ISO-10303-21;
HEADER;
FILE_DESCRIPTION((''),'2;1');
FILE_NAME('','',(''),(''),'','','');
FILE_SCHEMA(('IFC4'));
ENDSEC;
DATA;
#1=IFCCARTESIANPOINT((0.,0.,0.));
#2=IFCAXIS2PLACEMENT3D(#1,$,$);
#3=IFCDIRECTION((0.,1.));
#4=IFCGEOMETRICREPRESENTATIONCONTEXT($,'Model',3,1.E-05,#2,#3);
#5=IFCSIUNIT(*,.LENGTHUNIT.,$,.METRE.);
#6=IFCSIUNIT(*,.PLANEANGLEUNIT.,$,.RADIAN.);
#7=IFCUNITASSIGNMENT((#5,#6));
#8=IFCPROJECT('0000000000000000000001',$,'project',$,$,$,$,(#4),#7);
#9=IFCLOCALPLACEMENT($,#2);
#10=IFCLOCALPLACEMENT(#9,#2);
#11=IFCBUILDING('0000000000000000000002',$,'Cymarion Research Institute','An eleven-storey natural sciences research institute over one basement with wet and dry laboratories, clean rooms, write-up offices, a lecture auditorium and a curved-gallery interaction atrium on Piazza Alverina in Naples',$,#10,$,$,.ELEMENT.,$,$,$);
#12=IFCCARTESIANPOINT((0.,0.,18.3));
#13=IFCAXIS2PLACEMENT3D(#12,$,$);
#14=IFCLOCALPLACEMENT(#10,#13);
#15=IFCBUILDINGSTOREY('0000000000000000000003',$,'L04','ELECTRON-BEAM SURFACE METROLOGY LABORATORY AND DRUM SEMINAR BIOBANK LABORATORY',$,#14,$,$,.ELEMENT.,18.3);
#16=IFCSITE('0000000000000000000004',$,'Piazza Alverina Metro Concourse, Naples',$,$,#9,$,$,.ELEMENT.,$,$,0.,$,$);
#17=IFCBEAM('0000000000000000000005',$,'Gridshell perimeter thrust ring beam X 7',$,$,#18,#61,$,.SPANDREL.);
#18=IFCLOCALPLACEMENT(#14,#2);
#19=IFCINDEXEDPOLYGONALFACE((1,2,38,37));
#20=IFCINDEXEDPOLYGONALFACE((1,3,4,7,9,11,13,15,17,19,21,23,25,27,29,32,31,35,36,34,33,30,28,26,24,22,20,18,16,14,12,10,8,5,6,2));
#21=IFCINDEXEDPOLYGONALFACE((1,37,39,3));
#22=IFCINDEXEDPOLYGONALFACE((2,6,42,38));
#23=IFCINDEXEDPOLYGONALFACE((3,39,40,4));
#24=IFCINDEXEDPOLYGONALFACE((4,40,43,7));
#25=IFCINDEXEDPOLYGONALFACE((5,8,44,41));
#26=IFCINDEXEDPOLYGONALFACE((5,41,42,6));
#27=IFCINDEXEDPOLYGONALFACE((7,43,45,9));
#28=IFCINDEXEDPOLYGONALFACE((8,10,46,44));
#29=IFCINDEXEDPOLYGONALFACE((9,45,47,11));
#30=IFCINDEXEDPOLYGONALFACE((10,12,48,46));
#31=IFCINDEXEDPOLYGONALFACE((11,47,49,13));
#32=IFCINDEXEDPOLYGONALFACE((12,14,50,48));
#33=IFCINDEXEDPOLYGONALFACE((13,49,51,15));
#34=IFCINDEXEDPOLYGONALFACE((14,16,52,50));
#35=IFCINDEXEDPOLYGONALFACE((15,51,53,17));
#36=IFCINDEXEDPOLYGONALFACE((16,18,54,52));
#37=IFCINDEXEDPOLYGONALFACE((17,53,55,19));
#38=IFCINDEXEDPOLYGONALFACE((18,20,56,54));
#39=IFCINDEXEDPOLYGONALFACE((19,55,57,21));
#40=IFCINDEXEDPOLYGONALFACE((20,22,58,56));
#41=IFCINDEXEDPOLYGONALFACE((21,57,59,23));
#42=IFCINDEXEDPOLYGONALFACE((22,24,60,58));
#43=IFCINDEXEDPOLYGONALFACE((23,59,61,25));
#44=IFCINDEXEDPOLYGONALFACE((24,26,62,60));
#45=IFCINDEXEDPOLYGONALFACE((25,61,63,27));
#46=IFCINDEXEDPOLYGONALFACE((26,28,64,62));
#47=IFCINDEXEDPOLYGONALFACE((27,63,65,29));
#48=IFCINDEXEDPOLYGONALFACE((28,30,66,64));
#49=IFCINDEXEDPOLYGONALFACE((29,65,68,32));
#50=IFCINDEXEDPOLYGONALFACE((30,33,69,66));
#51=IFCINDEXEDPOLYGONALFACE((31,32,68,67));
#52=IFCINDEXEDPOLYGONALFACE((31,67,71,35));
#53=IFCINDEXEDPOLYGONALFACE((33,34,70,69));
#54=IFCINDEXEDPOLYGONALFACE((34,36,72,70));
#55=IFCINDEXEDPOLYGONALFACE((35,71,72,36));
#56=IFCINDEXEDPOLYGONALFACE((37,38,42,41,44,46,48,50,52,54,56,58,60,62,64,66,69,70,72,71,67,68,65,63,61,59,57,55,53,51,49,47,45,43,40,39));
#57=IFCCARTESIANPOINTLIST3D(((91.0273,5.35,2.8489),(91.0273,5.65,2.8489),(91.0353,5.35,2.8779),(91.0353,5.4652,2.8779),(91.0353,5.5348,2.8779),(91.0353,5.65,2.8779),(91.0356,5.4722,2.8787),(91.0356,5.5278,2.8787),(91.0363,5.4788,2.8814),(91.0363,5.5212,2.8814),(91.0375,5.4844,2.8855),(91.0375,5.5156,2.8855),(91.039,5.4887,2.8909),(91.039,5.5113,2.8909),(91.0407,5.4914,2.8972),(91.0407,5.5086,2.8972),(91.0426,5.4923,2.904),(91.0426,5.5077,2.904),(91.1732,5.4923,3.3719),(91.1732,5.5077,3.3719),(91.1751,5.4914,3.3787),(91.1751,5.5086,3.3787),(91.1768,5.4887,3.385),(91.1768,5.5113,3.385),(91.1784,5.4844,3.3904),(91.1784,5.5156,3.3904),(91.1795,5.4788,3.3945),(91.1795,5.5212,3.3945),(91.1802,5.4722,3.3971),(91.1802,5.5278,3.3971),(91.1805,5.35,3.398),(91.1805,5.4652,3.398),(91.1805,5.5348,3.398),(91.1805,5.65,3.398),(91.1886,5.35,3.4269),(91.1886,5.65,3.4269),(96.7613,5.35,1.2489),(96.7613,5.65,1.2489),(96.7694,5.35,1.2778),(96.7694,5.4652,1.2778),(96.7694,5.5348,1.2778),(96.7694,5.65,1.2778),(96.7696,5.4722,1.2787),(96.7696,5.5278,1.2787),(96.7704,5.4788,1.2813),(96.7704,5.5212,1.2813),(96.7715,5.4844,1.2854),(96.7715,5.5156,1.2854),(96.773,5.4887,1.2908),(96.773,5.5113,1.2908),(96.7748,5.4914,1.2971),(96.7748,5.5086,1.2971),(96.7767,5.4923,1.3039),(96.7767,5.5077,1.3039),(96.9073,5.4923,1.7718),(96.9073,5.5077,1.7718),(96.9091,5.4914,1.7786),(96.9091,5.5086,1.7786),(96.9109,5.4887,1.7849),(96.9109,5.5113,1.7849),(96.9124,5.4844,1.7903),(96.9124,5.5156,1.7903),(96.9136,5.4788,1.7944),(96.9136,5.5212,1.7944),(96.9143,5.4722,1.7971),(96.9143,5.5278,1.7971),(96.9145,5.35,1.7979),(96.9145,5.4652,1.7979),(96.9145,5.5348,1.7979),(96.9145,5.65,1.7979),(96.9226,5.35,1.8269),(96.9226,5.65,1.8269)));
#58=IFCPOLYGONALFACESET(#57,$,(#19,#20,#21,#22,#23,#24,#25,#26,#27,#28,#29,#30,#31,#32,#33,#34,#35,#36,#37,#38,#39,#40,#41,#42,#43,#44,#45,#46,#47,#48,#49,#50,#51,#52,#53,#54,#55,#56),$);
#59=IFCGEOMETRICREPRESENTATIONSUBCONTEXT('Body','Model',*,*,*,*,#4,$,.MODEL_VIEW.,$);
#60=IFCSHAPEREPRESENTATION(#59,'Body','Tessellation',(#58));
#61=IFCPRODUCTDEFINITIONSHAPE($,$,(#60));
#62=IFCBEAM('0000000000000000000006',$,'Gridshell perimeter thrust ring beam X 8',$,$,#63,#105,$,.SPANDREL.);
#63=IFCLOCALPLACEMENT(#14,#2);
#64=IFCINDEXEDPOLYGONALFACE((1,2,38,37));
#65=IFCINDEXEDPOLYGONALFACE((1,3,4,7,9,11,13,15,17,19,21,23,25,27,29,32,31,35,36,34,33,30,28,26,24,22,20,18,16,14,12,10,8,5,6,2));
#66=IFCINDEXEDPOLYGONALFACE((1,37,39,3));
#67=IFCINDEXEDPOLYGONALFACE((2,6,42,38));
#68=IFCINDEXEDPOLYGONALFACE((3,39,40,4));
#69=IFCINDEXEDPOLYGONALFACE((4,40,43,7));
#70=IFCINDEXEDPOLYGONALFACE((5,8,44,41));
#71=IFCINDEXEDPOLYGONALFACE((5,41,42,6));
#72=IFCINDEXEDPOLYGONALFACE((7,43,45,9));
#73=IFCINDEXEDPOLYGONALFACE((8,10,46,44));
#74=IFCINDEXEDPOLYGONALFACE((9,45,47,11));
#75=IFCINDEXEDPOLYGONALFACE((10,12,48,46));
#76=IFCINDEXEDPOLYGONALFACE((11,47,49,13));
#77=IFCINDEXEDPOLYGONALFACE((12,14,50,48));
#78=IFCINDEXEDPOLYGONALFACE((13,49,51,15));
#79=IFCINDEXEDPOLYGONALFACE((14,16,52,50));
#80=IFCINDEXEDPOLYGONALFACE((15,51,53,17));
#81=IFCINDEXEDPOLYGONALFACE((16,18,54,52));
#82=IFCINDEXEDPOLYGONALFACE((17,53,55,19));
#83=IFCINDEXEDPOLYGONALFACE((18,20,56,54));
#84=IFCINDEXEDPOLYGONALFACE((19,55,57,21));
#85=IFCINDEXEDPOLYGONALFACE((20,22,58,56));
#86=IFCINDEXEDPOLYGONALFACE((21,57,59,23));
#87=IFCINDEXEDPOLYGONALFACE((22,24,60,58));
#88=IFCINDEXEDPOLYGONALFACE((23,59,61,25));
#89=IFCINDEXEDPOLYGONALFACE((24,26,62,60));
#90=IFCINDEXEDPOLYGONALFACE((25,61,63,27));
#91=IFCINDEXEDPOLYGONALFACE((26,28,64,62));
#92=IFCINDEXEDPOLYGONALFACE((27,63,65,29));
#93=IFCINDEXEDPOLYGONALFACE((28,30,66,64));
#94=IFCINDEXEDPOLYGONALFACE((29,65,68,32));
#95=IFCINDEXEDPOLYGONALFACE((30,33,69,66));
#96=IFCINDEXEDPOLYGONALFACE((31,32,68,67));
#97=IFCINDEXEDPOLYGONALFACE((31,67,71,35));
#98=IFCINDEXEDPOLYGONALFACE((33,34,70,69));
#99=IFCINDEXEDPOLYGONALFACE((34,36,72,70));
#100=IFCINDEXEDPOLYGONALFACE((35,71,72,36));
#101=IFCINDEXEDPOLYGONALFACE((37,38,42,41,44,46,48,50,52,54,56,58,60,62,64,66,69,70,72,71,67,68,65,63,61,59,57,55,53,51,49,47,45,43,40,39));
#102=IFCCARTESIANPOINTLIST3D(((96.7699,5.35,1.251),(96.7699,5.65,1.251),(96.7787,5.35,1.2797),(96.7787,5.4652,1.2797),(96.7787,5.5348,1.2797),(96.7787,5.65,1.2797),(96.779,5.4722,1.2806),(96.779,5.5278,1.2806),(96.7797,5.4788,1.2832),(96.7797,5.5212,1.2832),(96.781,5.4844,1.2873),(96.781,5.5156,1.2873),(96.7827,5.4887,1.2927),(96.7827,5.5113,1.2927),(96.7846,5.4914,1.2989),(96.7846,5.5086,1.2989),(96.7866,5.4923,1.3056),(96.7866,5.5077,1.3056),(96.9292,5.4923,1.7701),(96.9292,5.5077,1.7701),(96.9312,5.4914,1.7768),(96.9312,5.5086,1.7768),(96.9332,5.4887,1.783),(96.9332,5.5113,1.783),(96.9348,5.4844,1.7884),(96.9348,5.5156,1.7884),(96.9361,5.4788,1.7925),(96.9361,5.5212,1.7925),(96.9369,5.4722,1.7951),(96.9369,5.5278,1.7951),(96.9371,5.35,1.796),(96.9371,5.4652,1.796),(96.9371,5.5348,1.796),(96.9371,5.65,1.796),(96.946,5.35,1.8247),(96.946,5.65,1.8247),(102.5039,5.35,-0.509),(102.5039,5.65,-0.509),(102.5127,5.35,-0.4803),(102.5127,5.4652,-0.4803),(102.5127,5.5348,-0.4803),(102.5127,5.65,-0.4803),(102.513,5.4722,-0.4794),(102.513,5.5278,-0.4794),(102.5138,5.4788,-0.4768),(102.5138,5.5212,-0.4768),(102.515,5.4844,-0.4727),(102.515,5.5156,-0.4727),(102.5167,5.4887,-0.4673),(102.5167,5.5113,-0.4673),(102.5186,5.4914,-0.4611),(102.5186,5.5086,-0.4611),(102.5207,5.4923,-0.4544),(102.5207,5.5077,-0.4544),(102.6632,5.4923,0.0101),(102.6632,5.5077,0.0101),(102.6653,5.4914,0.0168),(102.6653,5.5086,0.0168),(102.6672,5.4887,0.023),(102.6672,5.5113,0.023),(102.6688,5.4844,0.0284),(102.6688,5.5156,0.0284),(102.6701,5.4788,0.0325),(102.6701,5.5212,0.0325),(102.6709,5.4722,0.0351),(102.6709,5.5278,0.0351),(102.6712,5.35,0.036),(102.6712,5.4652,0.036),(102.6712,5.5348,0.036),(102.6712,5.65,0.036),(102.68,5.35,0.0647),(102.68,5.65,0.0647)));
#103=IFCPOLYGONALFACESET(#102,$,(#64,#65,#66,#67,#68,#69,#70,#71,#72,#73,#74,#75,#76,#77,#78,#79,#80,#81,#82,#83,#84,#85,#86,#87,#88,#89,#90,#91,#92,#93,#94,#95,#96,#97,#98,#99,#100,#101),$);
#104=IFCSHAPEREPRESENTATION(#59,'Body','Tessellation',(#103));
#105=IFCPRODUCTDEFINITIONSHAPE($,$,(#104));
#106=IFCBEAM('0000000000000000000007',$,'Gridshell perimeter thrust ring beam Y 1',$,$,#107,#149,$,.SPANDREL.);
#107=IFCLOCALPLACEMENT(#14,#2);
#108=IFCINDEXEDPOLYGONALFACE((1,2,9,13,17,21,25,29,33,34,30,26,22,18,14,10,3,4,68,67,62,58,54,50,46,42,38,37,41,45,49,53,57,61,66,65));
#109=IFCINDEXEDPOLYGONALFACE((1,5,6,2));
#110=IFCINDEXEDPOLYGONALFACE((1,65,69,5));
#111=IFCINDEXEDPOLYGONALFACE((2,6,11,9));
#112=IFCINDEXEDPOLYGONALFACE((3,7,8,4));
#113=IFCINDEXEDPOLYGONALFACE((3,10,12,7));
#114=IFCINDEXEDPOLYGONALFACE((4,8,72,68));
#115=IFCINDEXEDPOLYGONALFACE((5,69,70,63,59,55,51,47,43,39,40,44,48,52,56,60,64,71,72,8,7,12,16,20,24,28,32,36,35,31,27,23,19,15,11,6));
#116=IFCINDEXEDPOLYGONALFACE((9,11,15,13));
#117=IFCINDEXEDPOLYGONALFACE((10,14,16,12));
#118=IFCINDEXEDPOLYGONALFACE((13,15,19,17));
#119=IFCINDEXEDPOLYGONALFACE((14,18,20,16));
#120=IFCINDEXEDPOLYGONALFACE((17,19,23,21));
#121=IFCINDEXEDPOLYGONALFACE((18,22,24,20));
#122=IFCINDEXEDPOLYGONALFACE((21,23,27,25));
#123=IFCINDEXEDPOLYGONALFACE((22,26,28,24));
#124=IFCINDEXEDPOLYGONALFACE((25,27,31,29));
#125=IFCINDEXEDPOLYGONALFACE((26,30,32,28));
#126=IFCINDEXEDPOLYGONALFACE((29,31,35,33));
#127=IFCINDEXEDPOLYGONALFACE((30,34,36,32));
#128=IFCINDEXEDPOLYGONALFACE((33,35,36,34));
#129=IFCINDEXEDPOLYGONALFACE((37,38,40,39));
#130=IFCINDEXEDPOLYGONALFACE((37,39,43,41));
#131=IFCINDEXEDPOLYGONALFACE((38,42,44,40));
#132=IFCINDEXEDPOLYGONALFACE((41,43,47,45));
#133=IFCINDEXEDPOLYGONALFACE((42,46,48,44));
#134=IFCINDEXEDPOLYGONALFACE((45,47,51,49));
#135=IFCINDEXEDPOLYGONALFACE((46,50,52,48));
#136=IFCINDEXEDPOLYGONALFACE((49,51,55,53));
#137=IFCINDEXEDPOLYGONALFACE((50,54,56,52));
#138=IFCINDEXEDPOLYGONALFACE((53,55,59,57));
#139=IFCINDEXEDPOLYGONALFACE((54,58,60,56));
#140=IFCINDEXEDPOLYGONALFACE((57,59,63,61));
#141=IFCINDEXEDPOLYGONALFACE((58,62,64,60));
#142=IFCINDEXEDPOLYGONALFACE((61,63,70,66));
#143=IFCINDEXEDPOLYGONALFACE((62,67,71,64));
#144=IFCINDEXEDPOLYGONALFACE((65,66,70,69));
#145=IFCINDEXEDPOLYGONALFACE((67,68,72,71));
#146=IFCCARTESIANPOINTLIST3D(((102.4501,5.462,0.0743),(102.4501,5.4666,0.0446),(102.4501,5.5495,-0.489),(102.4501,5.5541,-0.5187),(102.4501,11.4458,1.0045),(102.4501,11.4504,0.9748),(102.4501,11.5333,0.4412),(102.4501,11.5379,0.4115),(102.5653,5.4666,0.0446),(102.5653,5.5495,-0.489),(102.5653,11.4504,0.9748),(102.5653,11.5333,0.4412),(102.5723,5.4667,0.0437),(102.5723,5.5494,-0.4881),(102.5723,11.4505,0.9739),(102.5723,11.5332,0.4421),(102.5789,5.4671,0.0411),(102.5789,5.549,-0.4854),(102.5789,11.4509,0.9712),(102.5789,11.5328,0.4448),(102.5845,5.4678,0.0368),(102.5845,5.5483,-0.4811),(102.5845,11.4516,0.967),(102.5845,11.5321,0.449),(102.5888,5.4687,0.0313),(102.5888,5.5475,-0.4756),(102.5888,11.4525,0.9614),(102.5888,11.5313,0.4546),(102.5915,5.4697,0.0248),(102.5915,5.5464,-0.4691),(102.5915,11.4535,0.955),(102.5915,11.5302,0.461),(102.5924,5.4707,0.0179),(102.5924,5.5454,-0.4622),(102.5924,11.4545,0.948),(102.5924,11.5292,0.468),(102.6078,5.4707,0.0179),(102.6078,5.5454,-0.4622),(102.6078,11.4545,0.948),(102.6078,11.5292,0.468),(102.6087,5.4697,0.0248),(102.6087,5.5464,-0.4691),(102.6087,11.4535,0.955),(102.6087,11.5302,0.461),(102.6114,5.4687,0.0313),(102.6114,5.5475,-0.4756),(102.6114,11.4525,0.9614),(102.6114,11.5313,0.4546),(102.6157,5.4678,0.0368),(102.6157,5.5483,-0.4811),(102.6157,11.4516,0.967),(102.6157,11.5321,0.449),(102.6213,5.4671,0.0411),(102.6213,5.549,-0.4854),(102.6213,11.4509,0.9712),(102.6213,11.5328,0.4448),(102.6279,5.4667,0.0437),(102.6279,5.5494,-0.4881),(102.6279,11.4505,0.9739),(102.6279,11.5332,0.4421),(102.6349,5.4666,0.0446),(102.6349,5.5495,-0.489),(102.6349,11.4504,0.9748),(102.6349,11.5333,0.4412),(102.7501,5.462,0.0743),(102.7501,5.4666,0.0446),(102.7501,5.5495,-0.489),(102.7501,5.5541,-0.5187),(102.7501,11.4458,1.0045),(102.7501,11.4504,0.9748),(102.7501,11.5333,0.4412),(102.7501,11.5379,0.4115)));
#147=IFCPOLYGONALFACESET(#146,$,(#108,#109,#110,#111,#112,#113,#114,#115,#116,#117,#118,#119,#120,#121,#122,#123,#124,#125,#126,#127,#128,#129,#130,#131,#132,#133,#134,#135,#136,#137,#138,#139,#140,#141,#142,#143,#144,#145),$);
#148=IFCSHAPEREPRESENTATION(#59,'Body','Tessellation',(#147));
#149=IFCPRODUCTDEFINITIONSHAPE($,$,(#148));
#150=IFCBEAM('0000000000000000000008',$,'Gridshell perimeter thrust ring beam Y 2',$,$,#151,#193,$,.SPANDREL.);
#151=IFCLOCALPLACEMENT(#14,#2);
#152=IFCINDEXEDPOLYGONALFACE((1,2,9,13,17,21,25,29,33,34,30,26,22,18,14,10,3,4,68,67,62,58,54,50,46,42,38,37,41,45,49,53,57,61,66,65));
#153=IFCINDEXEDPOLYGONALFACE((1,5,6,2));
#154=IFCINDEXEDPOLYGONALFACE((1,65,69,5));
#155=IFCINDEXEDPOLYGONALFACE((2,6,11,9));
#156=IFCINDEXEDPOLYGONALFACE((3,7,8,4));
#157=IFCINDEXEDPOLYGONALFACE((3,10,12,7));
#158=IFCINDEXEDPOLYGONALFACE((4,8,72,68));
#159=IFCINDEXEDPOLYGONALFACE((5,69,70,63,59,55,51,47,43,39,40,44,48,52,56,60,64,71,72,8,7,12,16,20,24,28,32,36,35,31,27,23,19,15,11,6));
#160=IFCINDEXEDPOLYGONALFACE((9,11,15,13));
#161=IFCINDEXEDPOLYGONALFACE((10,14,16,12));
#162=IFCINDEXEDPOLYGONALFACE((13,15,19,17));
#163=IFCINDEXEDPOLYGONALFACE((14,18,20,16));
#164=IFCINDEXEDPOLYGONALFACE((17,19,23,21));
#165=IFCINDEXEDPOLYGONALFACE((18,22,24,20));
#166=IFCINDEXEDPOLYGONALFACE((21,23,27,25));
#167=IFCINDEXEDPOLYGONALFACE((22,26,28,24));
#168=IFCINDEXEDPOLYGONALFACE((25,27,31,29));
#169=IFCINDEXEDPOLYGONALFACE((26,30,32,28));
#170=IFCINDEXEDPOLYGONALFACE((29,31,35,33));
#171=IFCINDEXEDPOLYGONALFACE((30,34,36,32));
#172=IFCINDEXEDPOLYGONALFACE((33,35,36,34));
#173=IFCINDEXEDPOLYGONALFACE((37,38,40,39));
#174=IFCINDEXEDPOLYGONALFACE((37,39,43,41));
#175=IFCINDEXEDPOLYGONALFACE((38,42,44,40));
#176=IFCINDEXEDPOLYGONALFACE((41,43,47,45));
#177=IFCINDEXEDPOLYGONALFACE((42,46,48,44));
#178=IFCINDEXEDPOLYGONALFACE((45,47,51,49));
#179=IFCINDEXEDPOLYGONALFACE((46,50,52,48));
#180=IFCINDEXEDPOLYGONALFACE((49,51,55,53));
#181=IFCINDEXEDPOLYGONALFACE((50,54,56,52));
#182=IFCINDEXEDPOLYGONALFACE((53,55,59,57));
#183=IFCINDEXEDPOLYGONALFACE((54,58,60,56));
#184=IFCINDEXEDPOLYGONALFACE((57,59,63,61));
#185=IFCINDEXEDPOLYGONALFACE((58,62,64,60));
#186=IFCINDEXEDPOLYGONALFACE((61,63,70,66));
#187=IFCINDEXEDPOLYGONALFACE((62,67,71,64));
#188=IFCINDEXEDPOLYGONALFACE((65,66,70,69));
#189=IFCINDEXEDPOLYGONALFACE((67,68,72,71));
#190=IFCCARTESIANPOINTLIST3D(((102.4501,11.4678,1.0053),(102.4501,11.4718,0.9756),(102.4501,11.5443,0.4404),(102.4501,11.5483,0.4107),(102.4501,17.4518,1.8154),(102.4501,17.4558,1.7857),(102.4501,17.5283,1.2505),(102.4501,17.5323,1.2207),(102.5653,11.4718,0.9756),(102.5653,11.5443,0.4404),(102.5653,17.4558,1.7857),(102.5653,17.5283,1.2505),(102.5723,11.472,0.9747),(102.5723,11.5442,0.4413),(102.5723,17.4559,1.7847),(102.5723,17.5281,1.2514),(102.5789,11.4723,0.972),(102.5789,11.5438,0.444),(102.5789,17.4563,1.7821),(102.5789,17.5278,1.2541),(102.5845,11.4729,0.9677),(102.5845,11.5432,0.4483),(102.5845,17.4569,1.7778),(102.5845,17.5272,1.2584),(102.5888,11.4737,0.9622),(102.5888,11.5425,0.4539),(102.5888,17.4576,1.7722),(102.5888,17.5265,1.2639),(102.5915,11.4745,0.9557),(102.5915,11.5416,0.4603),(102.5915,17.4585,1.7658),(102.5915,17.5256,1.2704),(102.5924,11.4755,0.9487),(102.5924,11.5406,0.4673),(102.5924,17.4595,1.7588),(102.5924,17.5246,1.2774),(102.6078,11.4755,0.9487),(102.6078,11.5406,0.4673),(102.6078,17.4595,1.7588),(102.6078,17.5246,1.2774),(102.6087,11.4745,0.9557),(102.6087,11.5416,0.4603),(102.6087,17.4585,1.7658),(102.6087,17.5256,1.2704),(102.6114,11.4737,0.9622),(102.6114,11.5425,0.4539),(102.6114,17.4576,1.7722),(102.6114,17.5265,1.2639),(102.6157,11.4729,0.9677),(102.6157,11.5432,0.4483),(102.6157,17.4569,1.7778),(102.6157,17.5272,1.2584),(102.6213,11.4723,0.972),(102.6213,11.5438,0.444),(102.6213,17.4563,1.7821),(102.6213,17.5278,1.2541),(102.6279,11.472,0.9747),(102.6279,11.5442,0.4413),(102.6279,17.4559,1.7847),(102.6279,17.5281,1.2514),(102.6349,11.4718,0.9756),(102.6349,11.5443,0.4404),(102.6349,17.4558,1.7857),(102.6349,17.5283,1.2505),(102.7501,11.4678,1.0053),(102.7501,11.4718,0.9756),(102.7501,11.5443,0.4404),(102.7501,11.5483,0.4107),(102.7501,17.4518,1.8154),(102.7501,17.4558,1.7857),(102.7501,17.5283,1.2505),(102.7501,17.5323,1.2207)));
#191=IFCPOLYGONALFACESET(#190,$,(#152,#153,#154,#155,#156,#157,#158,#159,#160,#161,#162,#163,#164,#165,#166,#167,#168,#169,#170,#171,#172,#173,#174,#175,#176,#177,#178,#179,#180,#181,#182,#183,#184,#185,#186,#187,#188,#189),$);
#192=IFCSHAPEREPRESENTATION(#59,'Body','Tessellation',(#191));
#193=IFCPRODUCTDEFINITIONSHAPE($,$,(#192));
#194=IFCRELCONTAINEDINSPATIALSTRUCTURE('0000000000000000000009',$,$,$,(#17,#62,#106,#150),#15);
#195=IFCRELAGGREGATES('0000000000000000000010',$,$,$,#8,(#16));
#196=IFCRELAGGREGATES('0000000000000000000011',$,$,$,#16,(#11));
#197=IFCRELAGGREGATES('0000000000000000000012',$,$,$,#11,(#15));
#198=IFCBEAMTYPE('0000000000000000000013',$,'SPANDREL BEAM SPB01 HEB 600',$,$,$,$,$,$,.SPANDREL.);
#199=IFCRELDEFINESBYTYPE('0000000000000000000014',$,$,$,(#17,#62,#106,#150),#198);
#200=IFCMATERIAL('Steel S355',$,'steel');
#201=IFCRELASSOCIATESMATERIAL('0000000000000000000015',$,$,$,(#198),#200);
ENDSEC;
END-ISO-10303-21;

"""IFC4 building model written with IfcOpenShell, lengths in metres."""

from ifc_helpers import new_model, si_unit, direction, frame, origin, origin_2d, place, context, subcontext, project, spatial, i_section, extrude, material, material_profile, profile_set, type_object, element, save


model = new_model("IFC4")

# Units and contexts
model_context = context("Model", 3, precision=1e-05, world=origin(), true_north=direction((0.0, 1.0)))
body_context = subcontext(model_context, "Body", "Model", "MODEL_VIEW")
ifc_project = project(units=[si_unit("LENGTHUNIT", "METRE"), si_unit("PLANEANGLEUNIT", "RADIAN")], contexts=[model_context])

# Site, building, storey
site_placement = place(None, origin())
site = spatial("IfcSite", under=ifc_project, at=site_placement, Name="Piazza Alverina Metro Concourse, Naples", CompositionType="ELEMENT", RefElevation=0.0)
building_placement = place(site_placement, origin())
building = spatial("IfcBuilding", under=site, at=building_placement, Name="Cymarion Research Institute", Description="An eleven-storey natural sciences research institute over one basement with wet and dry laboratories, clean rooms, write-up offices, a lecture auditorium and a curved-gallery interaction atrium on Piazza Alverina in Naples", CompositionType="ELEMENT")
storey_placement = place(building_placement, frame((0.0, 0.0, 18.3)))
storey = spatial("IfcBuildingStorey", under=building, at=storey_placement, Name="L04", Description="ELECTRON-BEAM SURFACE METROLOGY LABORATORY AND DRUM SEMINAR BIOBANK LABORATORY", CompositionType="ELEMENT", Elevation=18.3)

# Beams
ifc_material_1 = material(Name="Steel S355", Category="steel")
ifc_material_profile_1 = material_profile(ifc_material_1, i_section(OverallWidth=0.3, OverallDepth=0.6001, WebThickness=0.0154, FlangeThickness=0.03, FilletRadius=0.0271, at=origin_2d()), Name="HEB 600")
ifc_profile_set_1 = profile_set([ifc_material_profile_1], Name="Steel S355")
beam_type = type_object("IfcBeamType", Name="SPANDREL BEAM SPB01 HEB 600", PredefinedType="SPANDREL", material=ifc_profile_set_1)
beam_1_placement = place(storey_placement, frame((91.1079, 5.5, 3.1379), z_axis=(0.963202, 0.0, -0.26878), x_axis=(0.0, 1.0, 0.0)))
element("IfcBeam", 1, at=beam_1_placement, inside=storey, type_object=beam_type, Name="Gridshell perimeter thrust ring beam X 7", PredefinedType="SPANDREL", context=body_context, shape_type="SweptSolid", body=[
    extrude(i_section(OverallWidth=0.3, OverallDepth=0.6001, WebThickness=0.0154, FlangeThickness=0.03, FilletRadius=0.0271, at=origin_2d()), origin(), (0.0, 0.0, 1.0), 5.9531),
])
beam_2_placement = place(storey_placement, frame((96.8579, 5.5, 1.5378), z_axis=(0.955982, 0.0, -0.293425), x_axis=(0.0, 1.0, 0.0)))
element("IfcBeam", 2, at=beam_2_placement, inside=storey, type_object=beam_type, Name="Gridshell perimeter thrust ring beam X 8", PredefinedType="SPANDREL", context=body_context, shape_type="SweptSolid", body=[
    extrude(i_section(OverallWidth=0.3, OverallDepth=0.6001, WebThickness=0.0154, FlangeThickness=0.03, FilletRadius=0.0271, at=origin_2d()), origin(), (0.0, 0.0, 1.0), 5.998),
])
beam_3_placement = place(storey_placement, frame((102.6001, 5.5081, -0.2222), z_axis=(0.0, 0.988133, 0.153602), x_axis=(-1.0, 0.0, 0.0)))
element("IfcBeam", 3, at=beam_3_placement, inside=storey, type_object=beam_type, Name="Gridshell perimeter thrust ring beam Y 1", PredefinedType="SPANDREL", context=body_context, shape_type="SweptSolid", body=[
    extrude(i_section(OverallWidth=0.3, OverallDepth=0.6001, WebThickness=0.0154, FlangeThickness=0.03, FilletRadius=0.0271, at=origin_2d()), origin(), (0.0, 0.0, 1.0), 6.0557),
])
beam_4_placement = place(storey_placement, frame((102.6001, 11.5081, 0.708), z_axis=(0.0, 0.990961, 0.13415), x_axis=(-1.0, 0.0, 0.0)))
element("IfcBeam", 4, at=beam_4_placement, inside=storey, type_object=beam_type, Name="Gridshell perimeter thrust ring beam Y 2", PredefinedType="SPANDREL", context=body_context, shape_type="SweptSolid", body=[
    extrude(i_section(OverallWidth=0.3, OverallDepth=0.6001, WebThickness=0.0154, FlangeThickness=0.03, FilletRadius=0.0271, at=origin_2d()), origin(), (0.0, 0.0, 1.0), 6.0386),
])

save(model, "model.ifc")
